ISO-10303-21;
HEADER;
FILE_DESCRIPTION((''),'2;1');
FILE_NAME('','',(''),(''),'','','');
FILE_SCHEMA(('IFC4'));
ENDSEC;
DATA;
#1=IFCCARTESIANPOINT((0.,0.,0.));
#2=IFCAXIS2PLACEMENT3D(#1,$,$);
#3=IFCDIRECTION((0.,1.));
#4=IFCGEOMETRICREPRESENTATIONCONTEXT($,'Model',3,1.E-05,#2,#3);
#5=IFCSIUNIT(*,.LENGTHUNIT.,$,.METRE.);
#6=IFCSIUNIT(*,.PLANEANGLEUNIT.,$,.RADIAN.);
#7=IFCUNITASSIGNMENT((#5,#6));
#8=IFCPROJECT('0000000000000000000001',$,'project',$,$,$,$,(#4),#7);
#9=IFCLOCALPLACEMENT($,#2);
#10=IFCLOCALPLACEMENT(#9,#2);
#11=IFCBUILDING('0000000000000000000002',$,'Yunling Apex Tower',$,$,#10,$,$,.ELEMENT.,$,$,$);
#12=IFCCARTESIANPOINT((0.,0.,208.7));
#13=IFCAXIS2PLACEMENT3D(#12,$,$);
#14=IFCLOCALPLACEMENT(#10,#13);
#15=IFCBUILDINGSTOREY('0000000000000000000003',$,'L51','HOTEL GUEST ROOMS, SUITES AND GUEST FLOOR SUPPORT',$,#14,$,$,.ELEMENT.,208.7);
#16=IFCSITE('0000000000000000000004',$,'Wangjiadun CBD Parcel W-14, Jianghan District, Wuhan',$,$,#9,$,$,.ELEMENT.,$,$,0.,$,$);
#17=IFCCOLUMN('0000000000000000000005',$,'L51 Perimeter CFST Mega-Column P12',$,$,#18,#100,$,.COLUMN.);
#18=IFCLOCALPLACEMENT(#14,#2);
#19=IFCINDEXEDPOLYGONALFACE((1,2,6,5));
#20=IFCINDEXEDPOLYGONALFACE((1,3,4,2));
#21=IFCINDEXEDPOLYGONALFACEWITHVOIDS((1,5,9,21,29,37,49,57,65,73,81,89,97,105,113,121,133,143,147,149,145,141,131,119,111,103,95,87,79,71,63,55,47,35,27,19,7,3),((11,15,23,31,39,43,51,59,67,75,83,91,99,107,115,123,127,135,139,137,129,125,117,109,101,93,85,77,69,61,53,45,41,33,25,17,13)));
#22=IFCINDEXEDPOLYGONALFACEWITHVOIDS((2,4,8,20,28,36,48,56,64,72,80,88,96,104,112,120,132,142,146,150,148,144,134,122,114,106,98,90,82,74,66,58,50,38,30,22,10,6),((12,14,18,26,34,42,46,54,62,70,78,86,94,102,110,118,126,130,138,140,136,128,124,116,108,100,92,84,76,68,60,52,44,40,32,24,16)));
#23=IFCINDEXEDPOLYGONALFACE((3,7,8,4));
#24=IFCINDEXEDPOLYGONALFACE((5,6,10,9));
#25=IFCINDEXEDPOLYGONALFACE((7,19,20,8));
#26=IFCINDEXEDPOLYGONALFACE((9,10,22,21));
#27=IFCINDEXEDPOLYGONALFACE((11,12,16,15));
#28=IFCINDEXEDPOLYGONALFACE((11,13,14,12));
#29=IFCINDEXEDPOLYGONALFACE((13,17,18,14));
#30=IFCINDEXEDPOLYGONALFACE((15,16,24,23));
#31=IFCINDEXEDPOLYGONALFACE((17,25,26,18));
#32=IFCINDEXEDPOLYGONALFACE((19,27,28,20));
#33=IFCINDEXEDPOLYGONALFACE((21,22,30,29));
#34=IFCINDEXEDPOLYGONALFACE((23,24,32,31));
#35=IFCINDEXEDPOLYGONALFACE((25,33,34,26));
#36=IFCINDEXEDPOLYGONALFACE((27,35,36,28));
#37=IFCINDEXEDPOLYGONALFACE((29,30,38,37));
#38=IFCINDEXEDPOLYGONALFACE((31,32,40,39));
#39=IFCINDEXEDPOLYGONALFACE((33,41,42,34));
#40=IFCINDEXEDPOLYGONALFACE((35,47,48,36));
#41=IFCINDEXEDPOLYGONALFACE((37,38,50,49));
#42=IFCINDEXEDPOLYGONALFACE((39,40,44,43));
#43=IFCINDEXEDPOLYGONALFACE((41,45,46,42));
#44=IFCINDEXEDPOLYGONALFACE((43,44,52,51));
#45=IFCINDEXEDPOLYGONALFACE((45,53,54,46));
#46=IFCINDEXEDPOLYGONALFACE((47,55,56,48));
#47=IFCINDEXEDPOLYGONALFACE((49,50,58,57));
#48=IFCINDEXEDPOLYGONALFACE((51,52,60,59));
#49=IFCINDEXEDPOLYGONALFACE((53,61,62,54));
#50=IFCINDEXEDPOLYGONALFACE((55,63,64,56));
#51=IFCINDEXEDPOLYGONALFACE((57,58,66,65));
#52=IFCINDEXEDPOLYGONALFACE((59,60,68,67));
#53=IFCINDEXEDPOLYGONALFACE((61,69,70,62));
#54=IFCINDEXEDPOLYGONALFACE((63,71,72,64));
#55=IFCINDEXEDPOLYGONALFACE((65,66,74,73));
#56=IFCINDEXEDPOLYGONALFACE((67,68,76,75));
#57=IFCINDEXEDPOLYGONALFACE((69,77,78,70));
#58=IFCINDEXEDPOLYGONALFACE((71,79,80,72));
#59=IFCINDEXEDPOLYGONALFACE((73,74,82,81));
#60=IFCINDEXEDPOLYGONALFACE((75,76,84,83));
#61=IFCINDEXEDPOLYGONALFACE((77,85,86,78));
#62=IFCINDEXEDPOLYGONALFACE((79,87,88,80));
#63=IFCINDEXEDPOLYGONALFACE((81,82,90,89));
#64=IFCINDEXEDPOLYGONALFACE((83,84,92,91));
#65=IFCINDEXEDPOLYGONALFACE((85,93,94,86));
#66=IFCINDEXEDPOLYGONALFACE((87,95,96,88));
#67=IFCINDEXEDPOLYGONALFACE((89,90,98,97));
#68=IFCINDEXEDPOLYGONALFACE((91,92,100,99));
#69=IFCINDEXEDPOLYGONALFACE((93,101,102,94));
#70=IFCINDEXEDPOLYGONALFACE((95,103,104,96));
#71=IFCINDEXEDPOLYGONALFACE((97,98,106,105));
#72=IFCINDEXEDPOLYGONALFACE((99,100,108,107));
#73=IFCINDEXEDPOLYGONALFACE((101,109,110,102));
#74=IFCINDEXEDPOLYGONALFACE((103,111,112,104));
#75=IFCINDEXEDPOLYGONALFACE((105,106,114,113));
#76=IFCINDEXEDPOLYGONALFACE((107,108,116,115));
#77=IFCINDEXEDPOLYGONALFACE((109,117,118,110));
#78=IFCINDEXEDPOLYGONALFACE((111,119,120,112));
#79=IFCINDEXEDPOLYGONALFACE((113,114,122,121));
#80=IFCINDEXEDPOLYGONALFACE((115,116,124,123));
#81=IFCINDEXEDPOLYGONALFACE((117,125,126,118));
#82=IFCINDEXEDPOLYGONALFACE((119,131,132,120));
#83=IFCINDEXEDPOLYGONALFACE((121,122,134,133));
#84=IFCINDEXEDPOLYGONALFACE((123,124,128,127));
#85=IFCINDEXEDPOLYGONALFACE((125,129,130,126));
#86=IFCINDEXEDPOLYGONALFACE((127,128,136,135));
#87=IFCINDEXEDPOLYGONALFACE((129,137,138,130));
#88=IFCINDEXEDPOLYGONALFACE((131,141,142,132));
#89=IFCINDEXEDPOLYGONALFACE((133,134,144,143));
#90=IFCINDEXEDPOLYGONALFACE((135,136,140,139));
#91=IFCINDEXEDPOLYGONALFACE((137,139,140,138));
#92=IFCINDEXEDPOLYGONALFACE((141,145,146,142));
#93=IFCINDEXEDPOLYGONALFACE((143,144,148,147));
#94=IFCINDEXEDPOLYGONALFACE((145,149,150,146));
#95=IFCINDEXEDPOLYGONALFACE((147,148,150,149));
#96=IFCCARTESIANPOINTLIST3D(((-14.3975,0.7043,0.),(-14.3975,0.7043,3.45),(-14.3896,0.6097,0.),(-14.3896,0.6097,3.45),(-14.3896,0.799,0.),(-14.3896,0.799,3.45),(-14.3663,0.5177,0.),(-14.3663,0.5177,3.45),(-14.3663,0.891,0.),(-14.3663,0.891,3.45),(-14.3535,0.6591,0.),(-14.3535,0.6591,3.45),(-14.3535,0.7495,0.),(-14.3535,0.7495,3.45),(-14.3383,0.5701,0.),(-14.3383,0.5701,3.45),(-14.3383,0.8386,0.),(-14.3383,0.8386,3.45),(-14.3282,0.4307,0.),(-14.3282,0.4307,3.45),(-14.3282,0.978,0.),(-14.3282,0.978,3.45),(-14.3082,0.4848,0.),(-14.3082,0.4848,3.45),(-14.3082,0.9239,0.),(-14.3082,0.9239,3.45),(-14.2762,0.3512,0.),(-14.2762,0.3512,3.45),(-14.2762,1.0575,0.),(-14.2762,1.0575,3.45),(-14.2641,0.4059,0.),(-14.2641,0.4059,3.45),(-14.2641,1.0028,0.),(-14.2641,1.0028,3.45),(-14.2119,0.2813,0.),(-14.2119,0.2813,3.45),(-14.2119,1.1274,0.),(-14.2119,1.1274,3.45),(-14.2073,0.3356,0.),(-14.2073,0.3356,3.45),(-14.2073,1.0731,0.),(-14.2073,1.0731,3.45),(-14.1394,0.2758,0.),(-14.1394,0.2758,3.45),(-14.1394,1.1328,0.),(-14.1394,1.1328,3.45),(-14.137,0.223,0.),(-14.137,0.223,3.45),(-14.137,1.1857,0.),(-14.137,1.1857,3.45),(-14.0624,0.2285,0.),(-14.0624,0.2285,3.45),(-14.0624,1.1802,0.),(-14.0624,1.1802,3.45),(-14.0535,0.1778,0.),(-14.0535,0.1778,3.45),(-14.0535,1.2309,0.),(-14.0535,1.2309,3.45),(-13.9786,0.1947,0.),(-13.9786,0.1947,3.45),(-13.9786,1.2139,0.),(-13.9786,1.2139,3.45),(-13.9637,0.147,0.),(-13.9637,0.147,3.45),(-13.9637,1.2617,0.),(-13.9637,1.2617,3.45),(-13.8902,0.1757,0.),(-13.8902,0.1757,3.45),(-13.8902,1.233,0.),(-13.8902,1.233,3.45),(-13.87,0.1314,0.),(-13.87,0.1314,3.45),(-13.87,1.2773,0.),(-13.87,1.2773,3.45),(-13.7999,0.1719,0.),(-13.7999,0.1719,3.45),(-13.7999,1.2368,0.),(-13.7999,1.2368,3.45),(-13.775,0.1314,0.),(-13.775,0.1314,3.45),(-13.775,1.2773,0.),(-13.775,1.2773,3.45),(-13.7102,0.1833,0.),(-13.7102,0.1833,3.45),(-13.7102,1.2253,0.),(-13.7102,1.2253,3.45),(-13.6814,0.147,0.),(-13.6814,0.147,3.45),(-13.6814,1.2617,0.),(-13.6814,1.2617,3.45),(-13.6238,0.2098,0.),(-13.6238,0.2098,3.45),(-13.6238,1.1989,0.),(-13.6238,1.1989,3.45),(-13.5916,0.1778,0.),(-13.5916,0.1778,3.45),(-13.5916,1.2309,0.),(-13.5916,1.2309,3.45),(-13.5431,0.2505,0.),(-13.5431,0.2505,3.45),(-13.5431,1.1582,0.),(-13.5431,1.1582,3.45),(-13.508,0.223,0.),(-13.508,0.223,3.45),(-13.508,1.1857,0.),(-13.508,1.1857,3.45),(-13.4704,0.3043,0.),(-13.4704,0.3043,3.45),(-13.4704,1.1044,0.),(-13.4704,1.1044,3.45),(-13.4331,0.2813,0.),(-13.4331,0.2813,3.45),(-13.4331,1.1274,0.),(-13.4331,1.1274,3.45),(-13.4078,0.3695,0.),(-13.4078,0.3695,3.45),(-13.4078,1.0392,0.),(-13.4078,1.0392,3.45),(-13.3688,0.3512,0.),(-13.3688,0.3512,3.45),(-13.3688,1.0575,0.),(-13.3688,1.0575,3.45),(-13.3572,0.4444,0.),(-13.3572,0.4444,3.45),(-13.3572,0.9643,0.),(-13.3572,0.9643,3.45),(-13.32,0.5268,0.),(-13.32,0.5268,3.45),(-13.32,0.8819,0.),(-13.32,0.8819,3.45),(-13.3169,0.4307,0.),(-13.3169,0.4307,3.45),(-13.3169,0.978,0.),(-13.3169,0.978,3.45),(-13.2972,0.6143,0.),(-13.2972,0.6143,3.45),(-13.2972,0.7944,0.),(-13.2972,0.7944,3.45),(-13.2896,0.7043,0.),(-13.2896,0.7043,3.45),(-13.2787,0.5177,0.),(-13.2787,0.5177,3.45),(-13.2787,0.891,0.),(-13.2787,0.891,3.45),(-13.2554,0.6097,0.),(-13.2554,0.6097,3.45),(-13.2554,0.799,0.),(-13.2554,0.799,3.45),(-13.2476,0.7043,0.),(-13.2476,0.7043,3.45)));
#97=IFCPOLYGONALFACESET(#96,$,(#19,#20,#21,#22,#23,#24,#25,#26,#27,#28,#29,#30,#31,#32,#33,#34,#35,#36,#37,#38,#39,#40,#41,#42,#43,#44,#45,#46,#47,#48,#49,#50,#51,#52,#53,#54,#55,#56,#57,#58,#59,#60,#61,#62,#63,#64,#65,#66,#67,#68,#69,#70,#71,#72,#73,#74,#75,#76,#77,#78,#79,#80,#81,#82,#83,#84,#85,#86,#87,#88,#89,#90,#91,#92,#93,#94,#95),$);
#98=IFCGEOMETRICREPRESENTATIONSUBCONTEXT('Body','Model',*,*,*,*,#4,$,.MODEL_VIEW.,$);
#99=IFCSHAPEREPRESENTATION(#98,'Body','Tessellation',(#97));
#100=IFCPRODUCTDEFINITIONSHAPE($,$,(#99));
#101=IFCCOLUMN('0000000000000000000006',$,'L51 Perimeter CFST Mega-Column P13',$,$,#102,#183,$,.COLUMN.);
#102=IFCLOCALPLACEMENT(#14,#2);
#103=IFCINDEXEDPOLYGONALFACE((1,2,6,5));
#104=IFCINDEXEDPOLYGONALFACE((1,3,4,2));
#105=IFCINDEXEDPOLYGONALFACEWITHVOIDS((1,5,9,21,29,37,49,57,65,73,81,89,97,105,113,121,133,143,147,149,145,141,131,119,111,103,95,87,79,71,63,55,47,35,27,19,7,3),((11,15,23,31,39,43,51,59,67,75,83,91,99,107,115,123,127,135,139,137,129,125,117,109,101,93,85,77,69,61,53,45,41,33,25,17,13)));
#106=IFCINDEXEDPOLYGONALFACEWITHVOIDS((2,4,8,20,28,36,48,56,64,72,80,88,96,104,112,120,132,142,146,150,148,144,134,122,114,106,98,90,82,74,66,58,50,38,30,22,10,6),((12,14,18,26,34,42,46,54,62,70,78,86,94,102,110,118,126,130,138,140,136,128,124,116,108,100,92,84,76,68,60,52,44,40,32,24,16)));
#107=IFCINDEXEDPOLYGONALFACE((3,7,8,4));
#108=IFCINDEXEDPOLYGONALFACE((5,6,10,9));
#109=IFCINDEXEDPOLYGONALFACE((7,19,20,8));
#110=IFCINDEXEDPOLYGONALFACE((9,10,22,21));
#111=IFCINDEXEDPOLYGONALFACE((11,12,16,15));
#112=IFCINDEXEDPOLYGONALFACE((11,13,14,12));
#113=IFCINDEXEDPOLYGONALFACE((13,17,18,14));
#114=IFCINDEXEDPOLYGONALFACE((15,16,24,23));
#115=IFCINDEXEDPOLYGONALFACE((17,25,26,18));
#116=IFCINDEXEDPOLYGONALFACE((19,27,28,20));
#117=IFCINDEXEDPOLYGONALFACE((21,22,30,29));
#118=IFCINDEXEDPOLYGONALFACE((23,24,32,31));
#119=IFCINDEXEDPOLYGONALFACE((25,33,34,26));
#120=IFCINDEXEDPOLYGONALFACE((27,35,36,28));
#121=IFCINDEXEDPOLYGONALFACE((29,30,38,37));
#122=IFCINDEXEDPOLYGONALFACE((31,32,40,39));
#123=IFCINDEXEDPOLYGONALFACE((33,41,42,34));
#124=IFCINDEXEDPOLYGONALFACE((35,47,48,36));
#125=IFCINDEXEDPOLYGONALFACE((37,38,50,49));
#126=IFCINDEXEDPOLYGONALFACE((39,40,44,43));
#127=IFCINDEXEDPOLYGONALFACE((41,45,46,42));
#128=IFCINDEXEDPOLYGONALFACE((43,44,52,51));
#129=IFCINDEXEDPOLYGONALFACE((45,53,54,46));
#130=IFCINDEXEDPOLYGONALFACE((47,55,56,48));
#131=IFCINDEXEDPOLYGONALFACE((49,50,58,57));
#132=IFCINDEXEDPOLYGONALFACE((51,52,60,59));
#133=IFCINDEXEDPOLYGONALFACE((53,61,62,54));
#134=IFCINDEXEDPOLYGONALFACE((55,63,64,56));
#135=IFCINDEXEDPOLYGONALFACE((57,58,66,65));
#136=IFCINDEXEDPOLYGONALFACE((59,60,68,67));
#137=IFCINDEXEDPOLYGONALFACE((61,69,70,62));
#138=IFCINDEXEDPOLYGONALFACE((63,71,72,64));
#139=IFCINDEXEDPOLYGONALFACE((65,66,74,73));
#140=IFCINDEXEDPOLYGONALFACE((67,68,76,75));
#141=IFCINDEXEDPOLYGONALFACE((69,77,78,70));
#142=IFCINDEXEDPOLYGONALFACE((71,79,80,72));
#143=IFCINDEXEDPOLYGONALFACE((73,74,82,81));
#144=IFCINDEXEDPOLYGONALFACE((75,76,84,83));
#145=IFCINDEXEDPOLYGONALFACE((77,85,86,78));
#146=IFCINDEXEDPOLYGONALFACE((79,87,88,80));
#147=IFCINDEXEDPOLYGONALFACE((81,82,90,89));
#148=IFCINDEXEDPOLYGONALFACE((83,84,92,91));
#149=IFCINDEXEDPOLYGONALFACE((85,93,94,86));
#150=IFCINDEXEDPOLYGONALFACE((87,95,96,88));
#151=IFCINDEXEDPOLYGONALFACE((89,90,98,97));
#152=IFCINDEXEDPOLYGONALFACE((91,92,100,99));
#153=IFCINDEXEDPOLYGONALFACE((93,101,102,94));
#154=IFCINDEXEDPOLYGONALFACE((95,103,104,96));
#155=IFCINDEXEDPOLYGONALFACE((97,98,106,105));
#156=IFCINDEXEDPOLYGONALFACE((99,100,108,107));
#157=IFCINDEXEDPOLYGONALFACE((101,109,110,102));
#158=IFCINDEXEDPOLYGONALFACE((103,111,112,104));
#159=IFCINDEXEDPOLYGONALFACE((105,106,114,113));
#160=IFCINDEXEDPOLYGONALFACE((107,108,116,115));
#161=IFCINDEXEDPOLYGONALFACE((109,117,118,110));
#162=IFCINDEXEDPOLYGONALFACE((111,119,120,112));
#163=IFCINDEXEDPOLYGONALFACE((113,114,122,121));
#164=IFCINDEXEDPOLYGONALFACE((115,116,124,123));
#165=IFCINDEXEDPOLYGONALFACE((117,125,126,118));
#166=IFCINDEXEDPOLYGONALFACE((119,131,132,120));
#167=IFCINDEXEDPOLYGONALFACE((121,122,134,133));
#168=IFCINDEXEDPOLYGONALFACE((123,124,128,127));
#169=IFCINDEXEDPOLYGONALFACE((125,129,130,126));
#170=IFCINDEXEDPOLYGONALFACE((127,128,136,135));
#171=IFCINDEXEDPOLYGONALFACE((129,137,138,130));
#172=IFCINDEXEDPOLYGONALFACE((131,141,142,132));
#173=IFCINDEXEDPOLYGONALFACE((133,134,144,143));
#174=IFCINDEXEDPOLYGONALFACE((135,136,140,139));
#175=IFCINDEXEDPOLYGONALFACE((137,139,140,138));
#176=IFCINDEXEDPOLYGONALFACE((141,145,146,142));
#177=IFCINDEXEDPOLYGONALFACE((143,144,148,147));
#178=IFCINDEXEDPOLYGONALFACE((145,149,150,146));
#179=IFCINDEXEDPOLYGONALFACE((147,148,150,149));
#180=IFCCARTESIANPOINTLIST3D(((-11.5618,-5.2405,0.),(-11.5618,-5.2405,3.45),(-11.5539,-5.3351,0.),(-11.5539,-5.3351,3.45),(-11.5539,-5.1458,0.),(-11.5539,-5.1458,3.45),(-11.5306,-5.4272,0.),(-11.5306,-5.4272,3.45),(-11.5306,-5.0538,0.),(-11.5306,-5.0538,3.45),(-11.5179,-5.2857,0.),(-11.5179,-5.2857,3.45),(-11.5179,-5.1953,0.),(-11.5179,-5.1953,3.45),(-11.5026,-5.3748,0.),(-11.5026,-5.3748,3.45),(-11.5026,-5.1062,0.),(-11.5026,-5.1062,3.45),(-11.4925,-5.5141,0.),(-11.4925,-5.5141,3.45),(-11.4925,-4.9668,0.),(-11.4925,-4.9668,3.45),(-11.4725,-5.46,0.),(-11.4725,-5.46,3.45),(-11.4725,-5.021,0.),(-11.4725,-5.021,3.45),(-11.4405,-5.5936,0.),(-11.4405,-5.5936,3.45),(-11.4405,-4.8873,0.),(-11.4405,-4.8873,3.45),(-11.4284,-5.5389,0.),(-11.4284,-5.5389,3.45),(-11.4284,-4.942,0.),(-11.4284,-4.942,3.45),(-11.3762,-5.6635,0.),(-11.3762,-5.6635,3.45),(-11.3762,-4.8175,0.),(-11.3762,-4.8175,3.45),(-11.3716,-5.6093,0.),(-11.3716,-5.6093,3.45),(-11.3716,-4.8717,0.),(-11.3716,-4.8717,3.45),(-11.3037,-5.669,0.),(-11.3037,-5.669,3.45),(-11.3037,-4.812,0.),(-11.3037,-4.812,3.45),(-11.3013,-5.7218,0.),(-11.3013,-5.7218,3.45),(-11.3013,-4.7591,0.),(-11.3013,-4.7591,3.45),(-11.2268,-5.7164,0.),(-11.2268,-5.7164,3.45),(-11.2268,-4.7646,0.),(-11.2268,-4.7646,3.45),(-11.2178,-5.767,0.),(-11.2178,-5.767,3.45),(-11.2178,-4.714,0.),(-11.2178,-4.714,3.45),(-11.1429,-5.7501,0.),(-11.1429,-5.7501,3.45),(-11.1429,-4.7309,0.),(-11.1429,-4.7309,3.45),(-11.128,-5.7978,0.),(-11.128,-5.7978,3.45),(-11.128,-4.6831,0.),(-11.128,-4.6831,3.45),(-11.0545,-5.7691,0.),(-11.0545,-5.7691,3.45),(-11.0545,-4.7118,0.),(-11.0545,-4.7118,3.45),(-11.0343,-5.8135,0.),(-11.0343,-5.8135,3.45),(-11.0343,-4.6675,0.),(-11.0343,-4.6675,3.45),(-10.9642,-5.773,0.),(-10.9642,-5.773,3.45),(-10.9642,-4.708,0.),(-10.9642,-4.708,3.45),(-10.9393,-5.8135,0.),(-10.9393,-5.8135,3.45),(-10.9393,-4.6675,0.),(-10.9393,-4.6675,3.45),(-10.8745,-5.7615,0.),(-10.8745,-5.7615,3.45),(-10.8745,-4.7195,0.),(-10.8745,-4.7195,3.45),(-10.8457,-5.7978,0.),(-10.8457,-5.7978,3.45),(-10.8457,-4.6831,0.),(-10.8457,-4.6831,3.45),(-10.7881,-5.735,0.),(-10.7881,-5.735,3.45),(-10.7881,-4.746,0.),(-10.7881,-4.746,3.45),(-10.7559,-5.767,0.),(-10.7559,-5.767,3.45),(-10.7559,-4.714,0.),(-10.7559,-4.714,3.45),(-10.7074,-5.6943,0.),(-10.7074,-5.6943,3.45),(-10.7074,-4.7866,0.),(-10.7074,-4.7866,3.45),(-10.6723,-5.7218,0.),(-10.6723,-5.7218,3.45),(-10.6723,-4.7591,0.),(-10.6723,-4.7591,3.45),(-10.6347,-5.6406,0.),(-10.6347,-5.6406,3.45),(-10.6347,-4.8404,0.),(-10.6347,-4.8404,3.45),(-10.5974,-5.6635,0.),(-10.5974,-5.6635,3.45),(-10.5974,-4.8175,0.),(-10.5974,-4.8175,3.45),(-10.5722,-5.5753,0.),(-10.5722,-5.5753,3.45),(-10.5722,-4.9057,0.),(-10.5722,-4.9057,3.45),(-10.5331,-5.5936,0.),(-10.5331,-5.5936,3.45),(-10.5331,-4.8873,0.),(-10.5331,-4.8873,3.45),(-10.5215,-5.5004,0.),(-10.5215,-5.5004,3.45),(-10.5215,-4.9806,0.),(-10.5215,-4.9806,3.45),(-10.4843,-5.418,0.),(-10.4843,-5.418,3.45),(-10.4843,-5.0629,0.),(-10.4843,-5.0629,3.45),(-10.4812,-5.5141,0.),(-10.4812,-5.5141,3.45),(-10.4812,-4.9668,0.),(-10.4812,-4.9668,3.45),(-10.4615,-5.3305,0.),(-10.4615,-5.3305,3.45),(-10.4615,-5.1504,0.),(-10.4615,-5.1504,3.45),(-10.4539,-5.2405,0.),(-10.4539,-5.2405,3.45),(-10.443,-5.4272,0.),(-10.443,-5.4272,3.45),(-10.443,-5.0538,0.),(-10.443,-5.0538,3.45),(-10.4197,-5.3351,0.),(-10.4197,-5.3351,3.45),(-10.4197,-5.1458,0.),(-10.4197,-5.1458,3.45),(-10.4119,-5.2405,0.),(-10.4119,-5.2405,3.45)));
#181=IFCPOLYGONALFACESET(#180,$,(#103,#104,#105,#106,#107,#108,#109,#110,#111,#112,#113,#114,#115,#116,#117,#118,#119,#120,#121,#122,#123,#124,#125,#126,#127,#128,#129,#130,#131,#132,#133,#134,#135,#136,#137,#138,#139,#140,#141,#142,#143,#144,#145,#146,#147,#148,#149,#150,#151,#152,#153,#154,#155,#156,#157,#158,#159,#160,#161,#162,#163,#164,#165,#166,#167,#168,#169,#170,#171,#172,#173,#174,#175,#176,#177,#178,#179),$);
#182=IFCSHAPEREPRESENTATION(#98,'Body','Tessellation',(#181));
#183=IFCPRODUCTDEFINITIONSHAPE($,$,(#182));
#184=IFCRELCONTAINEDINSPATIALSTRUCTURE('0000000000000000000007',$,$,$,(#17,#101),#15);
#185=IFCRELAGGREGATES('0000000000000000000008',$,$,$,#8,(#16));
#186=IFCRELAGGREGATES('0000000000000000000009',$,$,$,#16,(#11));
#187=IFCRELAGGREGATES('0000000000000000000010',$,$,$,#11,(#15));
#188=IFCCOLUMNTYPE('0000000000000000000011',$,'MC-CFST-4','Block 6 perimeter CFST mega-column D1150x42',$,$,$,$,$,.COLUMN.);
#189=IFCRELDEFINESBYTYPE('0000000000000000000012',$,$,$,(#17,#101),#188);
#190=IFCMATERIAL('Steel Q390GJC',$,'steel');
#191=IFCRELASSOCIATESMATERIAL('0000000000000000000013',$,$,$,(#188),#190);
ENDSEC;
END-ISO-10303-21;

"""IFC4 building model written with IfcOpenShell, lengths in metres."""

from ifc_helpers import new_model, si_unit, direction, frame, origin, origin_2d, place, context, subcontext, project, spatial, hollow_circle, extrude, source, transform, mapped, material, material_profile, profile_set, type_object, element, save


model = new_model("IFC4")

# Units and contexts
model_context = context("Model", 3, precision=1e-05, world=origin(), true_north=direction((0.0, 1.0)))
body_context = subcontext(model_context, "Body", "Model", "MODEL_VIEW")
ifc_project = project(units=[si_unit("LENGTHUNIT", "METRE"), si_unit("PLANEANGLEUNIT", "RADIAN")], contexts=[model_context])

# Site, building, storey
site_placement = place(None, origin())
site = spatial("IfcSite", under=ifc_project, at=site_placement, Name="Wangjiadun CBD Parcel W-14, Jianghan District, Wuhan", CompositionType="ELEMENT", RefElevation=0.0)
building_placement = place(site_placement, origin())
building = spatial("IfcBuilding", under=site, at=building_placement, Name="Yunling Apex Tower", CompositionType="ELEMENT")
storey_placement = place(building_placement, frame((0.0, 0.0, 208.7)))
storey = spatial("IfcBuildingStorey", under=building, at=storey_placement, Name="L51", Description="HOTEL GUEST ROOMS, SUITES AND GUEST FLOOR SUPPORT", CompositionType="ELEMENT", Elevation=208.7)

# Columns
ifc_material_1 = material(Name="Steel Q390GJC", Category="steel")
ifc_material_profile_1 = material_profile(ifc_material_1, hollow_circle(Radius=0.575, WallThickness=0.042, at=origin_2d()))
ifc_profile_set_1 = profile_set([ifc_material_profile_1], Name="Steel Q390GJC")
column_type = type_object("IfcColumnType", Name="MC-CFST-4", Description="Block 6 perimeter CFST mega-column D1150x42", PredefinedType="COLUMN", material=ifc_profile_set_1)
shared_shape_1 = source(origin(), body_context, "Body", "SweptSolid", [
    extrude(hollow_circle(Radius=0.575, WallThickness=0.042, at=origin_2d()), origin(), (0.0, 0.0, 1.0), 3.45),
])
for number, where, z_axis, x_axis, name in (
    (1, (-13.8225, 0.7043, 0.0), (0.0, 0.0, 1.0), (1.0, 0.0, 0.0), "L51 Perimeter CFST Mega-Column P12"),
    (2, (-10.9868, -5.2405, 0.0), (0.0, 0.0, 1.0), (1.0, 0.0, 0.0), "L51 Perimeter CFST Mega-Column P13"),
):
    element("IfcColumn", number, at=place(storey_placement, frame(where, z_axis=z_axis, x_axis=x_axis)), inside=storey, type_object=column_type, Name=name, PredefinedType="COLUMN", context=body_context, shape_type="MappedRepresentation", body=[
        mapped(shared_shape_1, transform((0.0, 0.0, 0.0), scale=1.0)),
    ])

save(model, "model.ifc")
